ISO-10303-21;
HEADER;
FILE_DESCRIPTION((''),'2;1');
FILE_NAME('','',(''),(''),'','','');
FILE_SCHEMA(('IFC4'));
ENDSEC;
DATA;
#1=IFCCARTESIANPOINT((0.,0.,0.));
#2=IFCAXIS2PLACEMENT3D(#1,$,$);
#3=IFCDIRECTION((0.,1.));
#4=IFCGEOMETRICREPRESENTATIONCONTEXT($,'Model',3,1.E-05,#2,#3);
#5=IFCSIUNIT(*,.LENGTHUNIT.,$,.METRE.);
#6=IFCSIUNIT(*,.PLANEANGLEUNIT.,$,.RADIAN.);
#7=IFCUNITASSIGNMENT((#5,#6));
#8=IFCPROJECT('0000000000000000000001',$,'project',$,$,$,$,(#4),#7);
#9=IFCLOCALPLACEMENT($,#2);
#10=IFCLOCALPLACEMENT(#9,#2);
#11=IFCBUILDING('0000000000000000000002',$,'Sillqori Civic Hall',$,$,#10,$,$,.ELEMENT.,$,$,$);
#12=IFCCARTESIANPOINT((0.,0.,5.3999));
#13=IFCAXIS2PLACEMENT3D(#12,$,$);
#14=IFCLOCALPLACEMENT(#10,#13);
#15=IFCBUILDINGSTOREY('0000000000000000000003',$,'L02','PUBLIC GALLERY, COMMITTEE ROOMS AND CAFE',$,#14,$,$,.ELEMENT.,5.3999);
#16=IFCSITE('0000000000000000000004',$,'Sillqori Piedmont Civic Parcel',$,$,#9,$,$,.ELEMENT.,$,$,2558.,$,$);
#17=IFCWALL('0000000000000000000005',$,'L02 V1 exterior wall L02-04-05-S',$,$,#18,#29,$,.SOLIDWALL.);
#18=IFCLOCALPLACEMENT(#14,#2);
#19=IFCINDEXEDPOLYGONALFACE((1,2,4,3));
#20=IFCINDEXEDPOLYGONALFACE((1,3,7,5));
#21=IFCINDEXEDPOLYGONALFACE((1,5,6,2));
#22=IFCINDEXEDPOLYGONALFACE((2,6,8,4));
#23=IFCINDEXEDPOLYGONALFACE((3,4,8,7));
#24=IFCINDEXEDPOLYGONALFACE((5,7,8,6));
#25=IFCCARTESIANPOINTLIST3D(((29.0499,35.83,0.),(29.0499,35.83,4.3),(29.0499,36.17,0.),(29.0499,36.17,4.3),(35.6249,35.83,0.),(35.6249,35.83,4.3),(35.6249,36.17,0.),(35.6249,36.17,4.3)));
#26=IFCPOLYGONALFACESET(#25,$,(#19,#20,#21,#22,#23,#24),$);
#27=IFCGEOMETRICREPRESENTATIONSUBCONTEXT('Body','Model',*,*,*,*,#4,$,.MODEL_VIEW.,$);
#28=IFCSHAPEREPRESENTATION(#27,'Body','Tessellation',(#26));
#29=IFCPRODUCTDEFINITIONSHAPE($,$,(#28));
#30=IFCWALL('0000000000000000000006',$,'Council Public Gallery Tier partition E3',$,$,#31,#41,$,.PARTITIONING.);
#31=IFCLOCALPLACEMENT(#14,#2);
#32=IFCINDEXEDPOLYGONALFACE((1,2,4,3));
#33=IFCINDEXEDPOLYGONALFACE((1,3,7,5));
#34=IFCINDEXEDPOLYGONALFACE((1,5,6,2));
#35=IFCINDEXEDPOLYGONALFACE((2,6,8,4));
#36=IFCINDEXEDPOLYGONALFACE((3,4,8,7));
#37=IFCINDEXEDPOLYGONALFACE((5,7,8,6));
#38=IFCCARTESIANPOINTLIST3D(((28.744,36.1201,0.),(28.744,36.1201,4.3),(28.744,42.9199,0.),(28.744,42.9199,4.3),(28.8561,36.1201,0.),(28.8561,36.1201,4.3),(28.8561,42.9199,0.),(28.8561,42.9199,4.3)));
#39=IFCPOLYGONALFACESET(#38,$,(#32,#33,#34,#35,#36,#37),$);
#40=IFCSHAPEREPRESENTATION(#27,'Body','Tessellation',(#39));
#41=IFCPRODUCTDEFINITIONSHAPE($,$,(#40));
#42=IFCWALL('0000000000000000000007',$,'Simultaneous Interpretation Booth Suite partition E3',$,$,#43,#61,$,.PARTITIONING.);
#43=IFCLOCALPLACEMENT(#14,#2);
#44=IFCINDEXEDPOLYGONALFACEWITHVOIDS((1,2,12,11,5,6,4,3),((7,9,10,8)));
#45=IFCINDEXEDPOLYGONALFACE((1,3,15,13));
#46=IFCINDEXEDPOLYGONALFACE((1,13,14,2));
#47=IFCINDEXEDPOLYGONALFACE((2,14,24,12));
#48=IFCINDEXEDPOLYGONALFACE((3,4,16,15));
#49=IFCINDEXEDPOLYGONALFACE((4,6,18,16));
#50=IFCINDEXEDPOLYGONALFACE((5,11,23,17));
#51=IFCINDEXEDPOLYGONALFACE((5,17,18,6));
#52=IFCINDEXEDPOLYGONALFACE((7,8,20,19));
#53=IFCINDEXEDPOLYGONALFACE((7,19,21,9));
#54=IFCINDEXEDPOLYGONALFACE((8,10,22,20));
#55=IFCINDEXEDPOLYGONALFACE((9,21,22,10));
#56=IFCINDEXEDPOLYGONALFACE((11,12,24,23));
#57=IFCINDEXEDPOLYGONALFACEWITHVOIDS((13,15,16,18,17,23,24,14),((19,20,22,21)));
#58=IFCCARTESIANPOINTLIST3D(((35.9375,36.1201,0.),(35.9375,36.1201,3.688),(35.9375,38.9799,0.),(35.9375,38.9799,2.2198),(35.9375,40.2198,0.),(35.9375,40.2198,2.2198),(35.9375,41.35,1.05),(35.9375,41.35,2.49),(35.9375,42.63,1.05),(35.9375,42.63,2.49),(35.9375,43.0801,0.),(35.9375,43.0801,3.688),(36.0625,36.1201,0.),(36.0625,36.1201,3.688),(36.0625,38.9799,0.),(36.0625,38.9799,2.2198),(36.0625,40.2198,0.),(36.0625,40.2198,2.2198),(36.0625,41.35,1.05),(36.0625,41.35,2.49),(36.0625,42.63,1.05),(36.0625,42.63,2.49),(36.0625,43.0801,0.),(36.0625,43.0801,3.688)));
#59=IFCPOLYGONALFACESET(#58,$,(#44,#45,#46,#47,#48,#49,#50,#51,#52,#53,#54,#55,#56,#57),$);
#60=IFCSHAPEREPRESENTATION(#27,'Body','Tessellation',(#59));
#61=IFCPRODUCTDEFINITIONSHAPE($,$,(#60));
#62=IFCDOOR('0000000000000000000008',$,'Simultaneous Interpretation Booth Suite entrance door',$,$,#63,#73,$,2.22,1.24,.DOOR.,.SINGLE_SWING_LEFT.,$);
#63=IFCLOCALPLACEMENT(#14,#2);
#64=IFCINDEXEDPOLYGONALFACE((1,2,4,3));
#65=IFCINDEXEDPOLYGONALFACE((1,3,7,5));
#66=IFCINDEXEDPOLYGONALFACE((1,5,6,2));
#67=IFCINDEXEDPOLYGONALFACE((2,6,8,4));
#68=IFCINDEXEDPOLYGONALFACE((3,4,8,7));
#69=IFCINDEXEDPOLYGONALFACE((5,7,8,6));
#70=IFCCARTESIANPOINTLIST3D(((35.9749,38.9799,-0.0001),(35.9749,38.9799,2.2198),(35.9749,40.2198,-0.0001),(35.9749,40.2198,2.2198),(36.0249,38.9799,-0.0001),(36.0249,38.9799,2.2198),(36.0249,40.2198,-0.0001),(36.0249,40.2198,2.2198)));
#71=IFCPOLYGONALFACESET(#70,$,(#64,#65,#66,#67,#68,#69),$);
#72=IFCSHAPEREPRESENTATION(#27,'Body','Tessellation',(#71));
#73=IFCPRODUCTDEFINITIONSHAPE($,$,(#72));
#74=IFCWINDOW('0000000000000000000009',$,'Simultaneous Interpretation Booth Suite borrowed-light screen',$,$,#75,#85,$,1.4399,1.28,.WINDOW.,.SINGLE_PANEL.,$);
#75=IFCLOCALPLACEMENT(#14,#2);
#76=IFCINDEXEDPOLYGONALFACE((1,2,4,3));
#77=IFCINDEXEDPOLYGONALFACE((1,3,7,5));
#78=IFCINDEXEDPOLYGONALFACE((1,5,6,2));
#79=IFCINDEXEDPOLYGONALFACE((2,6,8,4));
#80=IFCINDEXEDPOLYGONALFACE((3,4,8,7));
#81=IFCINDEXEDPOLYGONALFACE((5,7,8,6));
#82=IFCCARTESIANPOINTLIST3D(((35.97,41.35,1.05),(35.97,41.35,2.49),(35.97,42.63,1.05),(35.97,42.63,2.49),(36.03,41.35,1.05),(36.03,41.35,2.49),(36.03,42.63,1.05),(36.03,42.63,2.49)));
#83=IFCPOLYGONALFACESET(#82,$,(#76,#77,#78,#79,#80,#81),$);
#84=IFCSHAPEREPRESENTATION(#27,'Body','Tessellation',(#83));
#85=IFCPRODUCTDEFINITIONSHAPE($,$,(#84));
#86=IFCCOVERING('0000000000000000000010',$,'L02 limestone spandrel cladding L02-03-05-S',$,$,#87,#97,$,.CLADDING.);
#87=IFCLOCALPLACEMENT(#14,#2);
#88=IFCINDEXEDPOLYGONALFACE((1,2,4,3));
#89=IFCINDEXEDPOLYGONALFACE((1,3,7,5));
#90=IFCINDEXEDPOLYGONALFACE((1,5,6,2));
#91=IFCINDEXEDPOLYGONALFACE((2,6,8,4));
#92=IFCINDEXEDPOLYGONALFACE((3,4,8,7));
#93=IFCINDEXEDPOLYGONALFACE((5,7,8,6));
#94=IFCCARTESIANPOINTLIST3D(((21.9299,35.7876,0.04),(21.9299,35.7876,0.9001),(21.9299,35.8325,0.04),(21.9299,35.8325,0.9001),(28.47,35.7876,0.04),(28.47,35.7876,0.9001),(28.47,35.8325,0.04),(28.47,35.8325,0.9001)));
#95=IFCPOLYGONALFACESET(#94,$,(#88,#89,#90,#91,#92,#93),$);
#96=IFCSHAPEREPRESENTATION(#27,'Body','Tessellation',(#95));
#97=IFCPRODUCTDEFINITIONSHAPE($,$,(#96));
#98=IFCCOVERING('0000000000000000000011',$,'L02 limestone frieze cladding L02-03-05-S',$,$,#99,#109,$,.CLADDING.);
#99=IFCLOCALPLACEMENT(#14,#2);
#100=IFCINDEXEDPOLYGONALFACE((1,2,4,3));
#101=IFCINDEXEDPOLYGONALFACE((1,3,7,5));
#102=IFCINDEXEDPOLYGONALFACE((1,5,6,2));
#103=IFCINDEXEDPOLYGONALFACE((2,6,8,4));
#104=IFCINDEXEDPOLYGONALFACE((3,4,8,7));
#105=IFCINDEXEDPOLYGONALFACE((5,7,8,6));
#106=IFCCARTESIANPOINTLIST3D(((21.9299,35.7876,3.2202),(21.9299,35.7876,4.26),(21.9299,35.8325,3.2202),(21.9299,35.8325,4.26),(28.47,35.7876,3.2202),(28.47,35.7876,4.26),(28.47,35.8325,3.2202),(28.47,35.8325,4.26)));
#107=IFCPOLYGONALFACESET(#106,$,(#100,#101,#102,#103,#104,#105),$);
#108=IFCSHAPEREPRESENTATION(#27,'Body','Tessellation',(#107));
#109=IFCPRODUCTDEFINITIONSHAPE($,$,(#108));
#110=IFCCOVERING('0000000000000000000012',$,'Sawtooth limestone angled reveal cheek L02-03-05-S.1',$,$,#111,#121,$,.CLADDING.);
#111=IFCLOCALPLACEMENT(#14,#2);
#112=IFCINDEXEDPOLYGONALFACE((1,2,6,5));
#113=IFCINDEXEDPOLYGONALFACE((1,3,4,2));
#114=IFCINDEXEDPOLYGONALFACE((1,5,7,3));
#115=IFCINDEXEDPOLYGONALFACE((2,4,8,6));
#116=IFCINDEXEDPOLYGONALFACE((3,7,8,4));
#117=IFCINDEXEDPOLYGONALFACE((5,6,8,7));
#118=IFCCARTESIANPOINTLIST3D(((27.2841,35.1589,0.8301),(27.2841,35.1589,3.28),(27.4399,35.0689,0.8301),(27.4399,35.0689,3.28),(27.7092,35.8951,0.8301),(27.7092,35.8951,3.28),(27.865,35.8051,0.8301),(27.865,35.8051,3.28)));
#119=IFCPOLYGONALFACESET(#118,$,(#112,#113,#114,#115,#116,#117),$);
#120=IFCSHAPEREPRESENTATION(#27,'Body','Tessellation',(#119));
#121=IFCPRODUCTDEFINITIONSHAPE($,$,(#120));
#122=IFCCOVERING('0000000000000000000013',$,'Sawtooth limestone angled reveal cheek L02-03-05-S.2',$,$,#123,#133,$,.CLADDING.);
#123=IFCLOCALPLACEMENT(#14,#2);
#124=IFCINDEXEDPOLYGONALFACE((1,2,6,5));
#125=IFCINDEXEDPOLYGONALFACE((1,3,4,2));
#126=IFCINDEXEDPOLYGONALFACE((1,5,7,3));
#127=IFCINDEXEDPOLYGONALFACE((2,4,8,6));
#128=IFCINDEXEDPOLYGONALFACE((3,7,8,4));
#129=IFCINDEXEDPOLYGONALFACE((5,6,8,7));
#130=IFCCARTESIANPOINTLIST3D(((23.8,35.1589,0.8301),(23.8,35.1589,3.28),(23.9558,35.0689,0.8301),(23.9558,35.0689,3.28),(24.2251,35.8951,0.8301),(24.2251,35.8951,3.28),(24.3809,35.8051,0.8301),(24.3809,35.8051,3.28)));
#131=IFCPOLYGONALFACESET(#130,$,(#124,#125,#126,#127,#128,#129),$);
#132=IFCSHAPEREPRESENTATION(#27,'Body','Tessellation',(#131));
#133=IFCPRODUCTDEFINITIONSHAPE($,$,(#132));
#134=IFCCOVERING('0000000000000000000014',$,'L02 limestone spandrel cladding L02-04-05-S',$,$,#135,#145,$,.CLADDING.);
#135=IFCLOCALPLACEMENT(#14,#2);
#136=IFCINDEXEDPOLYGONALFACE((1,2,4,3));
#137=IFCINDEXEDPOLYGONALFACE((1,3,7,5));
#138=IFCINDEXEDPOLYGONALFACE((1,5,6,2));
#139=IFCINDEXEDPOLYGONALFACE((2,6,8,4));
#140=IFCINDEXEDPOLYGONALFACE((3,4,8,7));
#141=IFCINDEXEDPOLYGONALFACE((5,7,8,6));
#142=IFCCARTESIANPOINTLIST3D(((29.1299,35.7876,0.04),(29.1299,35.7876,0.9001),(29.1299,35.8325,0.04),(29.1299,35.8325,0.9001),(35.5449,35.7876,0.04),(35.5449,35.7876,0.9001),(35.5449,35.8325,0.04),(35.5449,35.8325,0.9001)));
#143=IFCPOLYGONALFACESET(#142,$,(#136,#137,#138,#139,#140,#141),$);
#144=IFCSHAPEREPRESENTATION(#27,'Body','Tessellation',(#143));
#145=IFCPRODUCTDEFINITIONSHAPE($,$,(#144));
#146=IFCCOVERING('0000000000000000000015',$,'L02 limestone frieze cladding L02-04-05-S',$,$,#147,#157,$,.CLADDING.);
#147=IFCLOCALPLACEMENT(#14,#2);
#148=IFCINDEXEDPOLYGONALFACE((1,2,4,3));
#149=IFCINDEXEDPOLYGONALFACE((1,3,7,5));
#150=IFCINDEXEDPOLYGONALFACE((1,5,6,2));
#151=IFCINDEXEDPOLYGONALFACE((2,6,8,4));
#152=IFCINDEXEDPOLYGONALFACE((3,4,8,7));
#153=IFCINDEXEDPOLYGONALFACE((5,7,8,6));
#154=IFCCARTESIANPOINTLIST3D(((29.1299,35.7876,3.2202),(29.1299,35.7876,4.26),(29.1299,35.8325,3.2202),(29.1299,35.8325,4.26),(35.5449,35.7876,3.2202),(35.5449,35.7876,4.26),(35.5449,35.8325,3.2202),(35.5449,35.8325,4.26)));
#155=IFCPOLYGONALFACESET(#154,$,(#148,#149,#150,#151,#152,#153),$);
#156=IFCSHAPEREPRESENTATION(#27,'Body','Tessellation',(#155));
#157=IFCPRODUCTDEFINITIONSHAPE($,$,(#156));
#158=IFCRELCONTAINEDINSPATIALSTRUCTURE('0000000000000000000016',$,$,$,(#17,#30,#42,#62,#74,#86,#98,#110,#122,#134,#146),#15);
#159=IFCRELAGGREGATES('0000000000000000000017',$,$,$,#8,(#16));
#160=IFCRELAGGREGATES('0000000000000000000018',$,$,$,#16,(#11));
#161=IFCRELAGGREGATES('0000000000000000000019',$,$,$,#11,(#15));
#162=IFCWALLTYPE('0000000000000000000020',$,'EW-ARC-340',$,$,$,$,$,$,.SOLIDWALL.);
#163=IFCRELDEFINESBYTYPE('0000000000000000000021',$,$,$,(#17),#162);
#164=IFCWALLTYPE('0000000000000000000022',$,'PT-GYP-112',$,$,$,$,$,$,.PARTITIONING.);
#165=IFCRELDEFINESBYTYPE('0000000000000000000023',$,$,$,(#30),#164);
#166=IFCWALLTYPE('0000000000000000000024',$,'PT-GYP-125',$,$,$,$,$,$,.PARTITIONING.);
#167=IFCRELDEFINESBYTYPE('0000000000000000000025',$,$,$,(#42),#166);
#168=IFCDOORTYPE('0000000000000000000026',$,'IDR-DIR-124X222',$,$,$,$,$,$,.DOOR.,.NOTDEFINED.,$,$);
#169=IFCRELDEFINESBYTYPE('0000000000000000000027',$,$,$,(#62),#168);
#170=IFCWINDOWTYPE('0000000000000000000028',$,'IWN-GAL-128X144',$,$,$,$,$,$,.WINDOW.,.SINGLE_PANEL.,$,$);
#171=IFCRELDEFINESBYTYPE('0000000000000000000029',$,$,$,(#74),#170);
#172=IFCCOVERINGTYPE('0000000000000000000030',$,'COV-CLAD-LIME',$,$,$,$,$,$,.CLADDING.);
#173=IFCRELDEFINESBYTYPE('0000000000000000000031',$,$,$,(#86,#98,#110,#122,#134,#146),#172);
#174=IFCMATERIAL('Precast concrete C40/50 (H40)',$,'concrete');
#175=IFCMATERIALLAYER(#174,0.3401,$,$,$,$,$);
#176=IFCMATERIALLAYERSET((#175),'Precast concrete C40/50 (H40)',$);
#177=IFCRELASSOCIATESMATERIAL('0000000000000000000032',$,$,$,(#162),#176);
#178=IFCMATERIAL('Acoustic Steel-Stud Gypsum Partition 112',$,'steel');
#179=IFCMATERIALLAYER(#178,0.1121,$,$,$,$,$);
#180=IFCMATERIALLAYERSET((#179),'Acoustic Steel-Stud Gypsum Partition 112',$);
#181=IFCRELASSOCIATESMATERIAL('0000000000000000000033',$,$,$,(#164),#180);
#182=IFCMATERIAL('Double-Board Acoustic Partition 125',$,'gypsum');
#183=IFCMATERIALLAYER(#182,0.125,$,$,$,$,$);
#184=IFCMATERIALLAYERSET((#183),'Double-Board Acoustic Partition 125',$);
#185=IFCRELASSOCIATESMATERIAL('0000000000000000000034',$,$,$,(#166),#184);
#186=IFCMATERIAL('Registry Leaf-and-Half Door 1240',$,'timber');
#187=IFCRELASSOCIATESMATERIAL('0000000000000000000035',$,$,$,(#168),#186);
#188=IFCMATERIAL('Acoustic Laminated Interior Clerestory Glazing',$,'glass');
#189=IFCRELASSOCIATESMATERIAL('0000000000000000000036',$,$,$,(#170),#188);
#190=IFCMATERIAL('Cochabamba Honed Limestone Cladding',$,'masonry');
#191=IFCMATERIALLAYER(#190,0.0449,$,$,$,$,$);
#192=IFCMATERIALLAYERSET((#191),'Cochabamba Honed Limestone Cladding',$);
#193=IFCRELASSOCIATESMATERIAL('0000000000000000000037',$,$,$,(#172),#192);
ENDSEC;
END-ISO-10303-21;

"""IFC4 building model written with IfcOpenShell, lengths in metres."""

from ifc_helpers import new_model, si_unit, direction, frame, frame_2d, origin, place, context, subcontext, project, spatial, rectangle, extrude, material, layer, layer_set, type_object, element, fill, save


model = new_model("IFC4")

# Units and contexts
model_context = context("Model", 3, precision=1e-05, world=origin(), true_north=direction((0.0, 1.0)))
body_context = subcontext(model_context, "Body", "Model", "MODEL_VIEW")
ifc_project = project(units=[si_unit("LENGTHUNIT", "METRE"), si_unit("PLANEANGLEUNIT", "RADIAN")], contexts=[model_context])

# Site, building, storey
site_placement = place(None, origin())
site = spatial("IfcSite", under=ifc_project, at=site_placement, Name="Sillqori Piedmont Civic Parcel", CompositionType="ELEMENT", RefElevation=2558.0)
building_placement = place(site_placement, origin())
building = spatial("IfcBuilding", under=site, at=building_placement, Name="Sillqori Civic Hall", CompositionType="ELEMENT")
storey_placement = place(building_placement, frame((0.0, 0.0, 5.3999)))
storey = spatial("IfcBuildingStorey", under=building, at=storey_placement, Name="L02", Description="PUBLIC GALLERY, COMMITTEE ROOMS AND CAFE", CompositionType="ELEMENT", Elevation=5.3999)

# Shared definitions
ifc_material_1 = material(Name="Precast concrete C40/50 (H40)", Category="concrete")
ifc_layer_1 = layer(ifc_material_1, 0.3401)
ifc_layer_set_1 = layer_set([ifc_layer_1], Name="Precast concrete C40/50 (H40)")
wall_type_1 = type_object("IfcWallType", Name="EW-ARC-340", PredefinedType="SOLIDWALL", material=ifc_layer_set_1)

# Walls
wall_1_placement = place(storey_placement, frame((35.625, 36.0, 0.0), z_axis=(0.0, 0.0, 1.0), x_axis=(-1.0, 0.0, 0.0)))
element("IfcWall", 1, at=wall_1_placement, inside=storey, type_object=wall_type_1, Name="L02 V1 exterior wall L02-04-05-S", PredefinedType="SOLIDWALL", context=body_context, shape_type="SweptSolid", body=[
    extrude(rectangle(XDim=6.575, YDim=0.3401, at=frame_2d((3.2876, 0.0))), origin(), (0.0, 0.0, 1.0), 4.3),
])
ifc_material_2 = material(Name="Acoustic Steel-Stud Gypsum Partition 112", Category="steel")
ifc_layer_2 = layer(ifc_material_2, 0.1121)
ifc_layer_set_2 = layer_set([ifc_layer_2], Name="Acoustic Steel-Stud Gypsum Partition 112")
wall_type_2 = type_object("IfcWallType", Name="PT-GYP-112", PredefinedType="PARTITIONING", material=ifc_layer_set_2)
wall_2_placement = place(storey_placement, frame((28.8, 42.9199, 0.0), z_axis=(0.0, 0.0, 1.0), x_axis=(0.0, -1.0, 0.0)))
element("IfcWall", 2, at=wall_2_placement, inside=storey, type_object=wall_type_2, Name="Council Public Gallery Tier partition E3", PredefinedType="PARTITIONING", context=body_context, shape_type="SweptSolid", body=[
    extrude(rectangle(XDim=6.7998, YDim=0.1121, at=frame_2d((3.3999, 0.0))), origin(), (0.0, 0.0, 1.0), 4.3),
])

# Wall, openings, door, window
ifc_material_3 = material(Name="Double-Board Acoustic Partition 125", Category="gypsum")
ifc_layer_3 = layer(ifc_material_3, 0.125)
ifc_layer_set_3 = layer_set([ifc_layer_3], Name="Double-Board Acoustic Partition 125")
wall_type_3 = type_object("IfcWallType", Name="PT-GYP-125", PredefinedType="PARTITIONING", material=ifc_layer_set_3)
wall_3_placement = place(storey_placement, frame((36.0, 43.0801, 0.0), z_axis=(0.0, 0.0, 1.0), x_axis=(0.0, -1.0, 0.0)))
wall_3 = element("IfcWall", 3, at=wall_3_placement, inside=storey, type_object=wall_type_3, Name="Simultaneous Interpretation Booth Suite partition E3", PredefinedType="PARTITIONING", context=body_context, shape_type="SweptSolid", body=[
    extrude(rectangle(XDim=6.96, YDim=0.125, at=frame_2d((3.48, 0.0))), origin(), (0.0, 0.0, 1.0), 3.688),
])
opening_1_placement = place(wall_3_placement, frame((2.8601, 0.0, 0.0)))
opening_1 = element("IfcOpeningElement", 4, at=opening_1_placement, cuts=wall_3, PredefinedType="OPENING", context=body_context, shape_type="SweptSolid", body=[
    extrude(rectangle(XDim=1.24, YDim=2.22, at=frame_2d((0.6201, 1.1099))), frame((0.0, 0.0725, 0.0), z_axis=(0.0, -1.0, 0.0), x_axis=(1.0, 0.0, 0.0)), (0.0, 0.0, 1.0), 0.145),
])
opening_2_placement = place(wall_3_placement, frame((0.45, 0.0, 1.05)))
opening_2 = element("IfcOpeningElement", 5, at=opening_2_placement, cuts=wall_3, PredefinedType="OPENING", context=body_context, shape_type="SweptSolid", body=[
    extrude(rectangle(XDim=1.28, YDim=1.4399, at=frame_2d((0.6401, 0.72))), frame((0.0, 0.0725, 0.0), z_axis=(0.0, -1.0, 0.0), x_axis=(1.0, 0.0, 0.0)), (0.0, 0.0, 1.0), 0.145),
])
ifc_material_4 = material(Name="Registry Leaf-and-Half Door 1240", Category="timber")
door_type = type_object("IfcDoorType", Name="IDR-DIR-124X222", OperationType="NOTDEFINED", PredefinedType="DOOR", material=ifc_material_4)
door_placement = place(opening_1_placement, origin())
door = element("IfcDoor", 6, at=door_placement, inside=storey, type_object=door_type, Name="Simultaneous Interpretation Booth Suite entrance door", OperationType="SINGLE_SWING_LEFT", OverallHeight=2.22, OverallWidth=1.24, PredefinedType="DOOR", context=body_context, shape_type="SweptSolid", body=[
    extrude(rectangle(XDim=1.24, YDim=2.22, at=frame_2d((0.6201, 1.1099))), frame((0.0, 0.0249, 0.0), z_axis=(0.0, -1.0, 0.0), x_axis=(1.0, 0.0, 0.0)), (0.0, 0.0, 1.0), 0.05),
])
fill(opening_1, door)
ifc_material_5 = material(Name="Acoustic Laminated Interior Clerestory Glazing", Category="glass")
window_type_1 = type_object("IfcWindowType", Name="IWN-GAL-128X144", PartitioningType="SINGLE_PANEL", PredefinedType="WINDOW", material=ifc_material_5)
window_1_placement = place(opening_2_placement, origin())
window_1 = element("IfcWindow", 7, at=window_1_placement, inside=storey, type_object=window_type_1, Name="Simultaneous Interpretation Booth Suite borrowed-light screen", OverallHeight=1.4399, OverallWidth=1.28, PartitioningType="SINGLE_PANEL", PredefinedType="WINDOW", context=body_context, shape_type="SweptSolid", body=[
    extrude(rectangle(XDim=1.28, YDim=1.4399, at=frame_2d((0.6401, 0.72))), frame((0.0, 0.03, 0.0), z_axis=(0.0, -1.0, 0.0), x_axis=(1.0, 0.0, 0.0)), (0.0, 0.0, 1.0), 0.0601),
])
fill(opening_2, window_1)

# Coverings
ifc_material_6 = material(Name="Cochabamba Honed Limestone Cladding", Category="masonry")
ifc_layer_4 = layer(ifc_material_6, 0.0449)
ifc_layer_set_4 = layer_set([ifc_layer_4], Name="Cochabamba Honed Limestone Cladding")
covering_type = type_object("IfcCoveringType", Name="COV-CLAD-LIME", PredefinedType="CLADDING", material=ifc_layer_set_4)
covering_1_placement = place(storey_placement, frame((28.47, 35.8101, 0.04), z_axis=(0.0, 0.0, 1.0), x_axis=(-1.0, 0.0, 0.0)))
element("IfcCovering", 8, at=covering_1_placement, inside=storey, type_object=covering_type, Name="L02 limestone spandrel cladding L02-03-05-S", PredefinedType="CLADDING", context=body_context, shape_type="SweptSolid", body=[
    extrude(rectangle(XDim=6.54, YDim=0.0449, at=frame_2d((3.27, 0.0))), origin(), (0.0, 0.0, 1.0), 0.8601),
])
covering_2_placement = place(storey_placement, frame((28.47, 35.8101, 3.2202), z_axis=(0.0, 0.0, 1.0), x_axis=(-1.0, 0.0, 0.0)))
element("IfcCovering", 9, at=covering_2_placement, inside=storey, type_object=covering_type, Name="L02 limestone frieze cladding L02-03-05-S", PredefinedType="CLADDING", context=body_context, shape_type="SweptSolid", body=[
    extrude(rectangle(XDim=6.54, YDim=0.0449, at=frame_2d((3.27, 0.0))), origin(), (0.0, 0.0, 1.0), 1.0398),
])
for number, where, z_axis, x_axis, name in (
    (10, (27.7871, 35.8501, 0.8301), (0.0, 0.0, 1.0), (-0.500062, -0.865989, 0.0), "Sawtooth limestone angled reveal cheek L02-03-05-S.1"),
    (11, (24.303, 35.8501, 0.8301), (0.0, 0.0, 1.0), (-0.500062, -0.865989, 0.0), "Sawtooth limestone angled reveal cheek L02-03-05-S.2"),
):
    element("IfcCovering", number, at=place(storey_placement, frame(where, z_axis=z_axis, x_axis=x_axis)), inside=storey, type_object=covering_type, Name=name, PredefinedType="CLADDING", context=body_context, shape_type="SweptSolid", body=[
        extrude(rectangle(XDim=0.8501, YDim=0.1799, at=frame_2d((0.425, 0.0))), origin(), (0.0, 0.0, 1.0), 2.45),
    ])
covering_3_placement = place(storey_placement, frame((35.5449, 35.8101, 0.04), z_axis=(0.0, 0.0, 1.0), x_axis=(-1.0, 0.0, 0.0)))
element("IfcCovering", 12, at=covering_3_placement, inside=storey, type_object=covering_type, Name="L02 limestone spandrel cladding L02-04-05-S", PredefinedType="CLADDING", context=body_context, shape_type="SweptSolid", body=[
    extrude(rectangle(XDim=6.415, YDim=0.0449, at=frame_2d((3.2075, 0.0))), origin(), (0.0, 0.0, 1.0), 0.8601),
])
covering_4_placement = place(storey_placement, frame((35.5449, 35.8101, 3.2202), z_axis=(0.0, 0.0, 1.0), x_axis=(-1.0, 0.0, 0.0)))
element("IfcCovering", 13, at=covering_4_placement, inside=storey, type_object=covering_type, Name="L02 limestone frieze cladding L02-04-05-S", PredefinedType="CLADDING", context=body_context, shape_type="SweptSolid", body=[
    extrude(rectangle(XDim=6.415, YDim=0.0449, at=frame_2d((3.2075, 0.0))), origin(), (0.0, 0.0, 1.0), 1.0398),
])

save(model, "model.ifc")
